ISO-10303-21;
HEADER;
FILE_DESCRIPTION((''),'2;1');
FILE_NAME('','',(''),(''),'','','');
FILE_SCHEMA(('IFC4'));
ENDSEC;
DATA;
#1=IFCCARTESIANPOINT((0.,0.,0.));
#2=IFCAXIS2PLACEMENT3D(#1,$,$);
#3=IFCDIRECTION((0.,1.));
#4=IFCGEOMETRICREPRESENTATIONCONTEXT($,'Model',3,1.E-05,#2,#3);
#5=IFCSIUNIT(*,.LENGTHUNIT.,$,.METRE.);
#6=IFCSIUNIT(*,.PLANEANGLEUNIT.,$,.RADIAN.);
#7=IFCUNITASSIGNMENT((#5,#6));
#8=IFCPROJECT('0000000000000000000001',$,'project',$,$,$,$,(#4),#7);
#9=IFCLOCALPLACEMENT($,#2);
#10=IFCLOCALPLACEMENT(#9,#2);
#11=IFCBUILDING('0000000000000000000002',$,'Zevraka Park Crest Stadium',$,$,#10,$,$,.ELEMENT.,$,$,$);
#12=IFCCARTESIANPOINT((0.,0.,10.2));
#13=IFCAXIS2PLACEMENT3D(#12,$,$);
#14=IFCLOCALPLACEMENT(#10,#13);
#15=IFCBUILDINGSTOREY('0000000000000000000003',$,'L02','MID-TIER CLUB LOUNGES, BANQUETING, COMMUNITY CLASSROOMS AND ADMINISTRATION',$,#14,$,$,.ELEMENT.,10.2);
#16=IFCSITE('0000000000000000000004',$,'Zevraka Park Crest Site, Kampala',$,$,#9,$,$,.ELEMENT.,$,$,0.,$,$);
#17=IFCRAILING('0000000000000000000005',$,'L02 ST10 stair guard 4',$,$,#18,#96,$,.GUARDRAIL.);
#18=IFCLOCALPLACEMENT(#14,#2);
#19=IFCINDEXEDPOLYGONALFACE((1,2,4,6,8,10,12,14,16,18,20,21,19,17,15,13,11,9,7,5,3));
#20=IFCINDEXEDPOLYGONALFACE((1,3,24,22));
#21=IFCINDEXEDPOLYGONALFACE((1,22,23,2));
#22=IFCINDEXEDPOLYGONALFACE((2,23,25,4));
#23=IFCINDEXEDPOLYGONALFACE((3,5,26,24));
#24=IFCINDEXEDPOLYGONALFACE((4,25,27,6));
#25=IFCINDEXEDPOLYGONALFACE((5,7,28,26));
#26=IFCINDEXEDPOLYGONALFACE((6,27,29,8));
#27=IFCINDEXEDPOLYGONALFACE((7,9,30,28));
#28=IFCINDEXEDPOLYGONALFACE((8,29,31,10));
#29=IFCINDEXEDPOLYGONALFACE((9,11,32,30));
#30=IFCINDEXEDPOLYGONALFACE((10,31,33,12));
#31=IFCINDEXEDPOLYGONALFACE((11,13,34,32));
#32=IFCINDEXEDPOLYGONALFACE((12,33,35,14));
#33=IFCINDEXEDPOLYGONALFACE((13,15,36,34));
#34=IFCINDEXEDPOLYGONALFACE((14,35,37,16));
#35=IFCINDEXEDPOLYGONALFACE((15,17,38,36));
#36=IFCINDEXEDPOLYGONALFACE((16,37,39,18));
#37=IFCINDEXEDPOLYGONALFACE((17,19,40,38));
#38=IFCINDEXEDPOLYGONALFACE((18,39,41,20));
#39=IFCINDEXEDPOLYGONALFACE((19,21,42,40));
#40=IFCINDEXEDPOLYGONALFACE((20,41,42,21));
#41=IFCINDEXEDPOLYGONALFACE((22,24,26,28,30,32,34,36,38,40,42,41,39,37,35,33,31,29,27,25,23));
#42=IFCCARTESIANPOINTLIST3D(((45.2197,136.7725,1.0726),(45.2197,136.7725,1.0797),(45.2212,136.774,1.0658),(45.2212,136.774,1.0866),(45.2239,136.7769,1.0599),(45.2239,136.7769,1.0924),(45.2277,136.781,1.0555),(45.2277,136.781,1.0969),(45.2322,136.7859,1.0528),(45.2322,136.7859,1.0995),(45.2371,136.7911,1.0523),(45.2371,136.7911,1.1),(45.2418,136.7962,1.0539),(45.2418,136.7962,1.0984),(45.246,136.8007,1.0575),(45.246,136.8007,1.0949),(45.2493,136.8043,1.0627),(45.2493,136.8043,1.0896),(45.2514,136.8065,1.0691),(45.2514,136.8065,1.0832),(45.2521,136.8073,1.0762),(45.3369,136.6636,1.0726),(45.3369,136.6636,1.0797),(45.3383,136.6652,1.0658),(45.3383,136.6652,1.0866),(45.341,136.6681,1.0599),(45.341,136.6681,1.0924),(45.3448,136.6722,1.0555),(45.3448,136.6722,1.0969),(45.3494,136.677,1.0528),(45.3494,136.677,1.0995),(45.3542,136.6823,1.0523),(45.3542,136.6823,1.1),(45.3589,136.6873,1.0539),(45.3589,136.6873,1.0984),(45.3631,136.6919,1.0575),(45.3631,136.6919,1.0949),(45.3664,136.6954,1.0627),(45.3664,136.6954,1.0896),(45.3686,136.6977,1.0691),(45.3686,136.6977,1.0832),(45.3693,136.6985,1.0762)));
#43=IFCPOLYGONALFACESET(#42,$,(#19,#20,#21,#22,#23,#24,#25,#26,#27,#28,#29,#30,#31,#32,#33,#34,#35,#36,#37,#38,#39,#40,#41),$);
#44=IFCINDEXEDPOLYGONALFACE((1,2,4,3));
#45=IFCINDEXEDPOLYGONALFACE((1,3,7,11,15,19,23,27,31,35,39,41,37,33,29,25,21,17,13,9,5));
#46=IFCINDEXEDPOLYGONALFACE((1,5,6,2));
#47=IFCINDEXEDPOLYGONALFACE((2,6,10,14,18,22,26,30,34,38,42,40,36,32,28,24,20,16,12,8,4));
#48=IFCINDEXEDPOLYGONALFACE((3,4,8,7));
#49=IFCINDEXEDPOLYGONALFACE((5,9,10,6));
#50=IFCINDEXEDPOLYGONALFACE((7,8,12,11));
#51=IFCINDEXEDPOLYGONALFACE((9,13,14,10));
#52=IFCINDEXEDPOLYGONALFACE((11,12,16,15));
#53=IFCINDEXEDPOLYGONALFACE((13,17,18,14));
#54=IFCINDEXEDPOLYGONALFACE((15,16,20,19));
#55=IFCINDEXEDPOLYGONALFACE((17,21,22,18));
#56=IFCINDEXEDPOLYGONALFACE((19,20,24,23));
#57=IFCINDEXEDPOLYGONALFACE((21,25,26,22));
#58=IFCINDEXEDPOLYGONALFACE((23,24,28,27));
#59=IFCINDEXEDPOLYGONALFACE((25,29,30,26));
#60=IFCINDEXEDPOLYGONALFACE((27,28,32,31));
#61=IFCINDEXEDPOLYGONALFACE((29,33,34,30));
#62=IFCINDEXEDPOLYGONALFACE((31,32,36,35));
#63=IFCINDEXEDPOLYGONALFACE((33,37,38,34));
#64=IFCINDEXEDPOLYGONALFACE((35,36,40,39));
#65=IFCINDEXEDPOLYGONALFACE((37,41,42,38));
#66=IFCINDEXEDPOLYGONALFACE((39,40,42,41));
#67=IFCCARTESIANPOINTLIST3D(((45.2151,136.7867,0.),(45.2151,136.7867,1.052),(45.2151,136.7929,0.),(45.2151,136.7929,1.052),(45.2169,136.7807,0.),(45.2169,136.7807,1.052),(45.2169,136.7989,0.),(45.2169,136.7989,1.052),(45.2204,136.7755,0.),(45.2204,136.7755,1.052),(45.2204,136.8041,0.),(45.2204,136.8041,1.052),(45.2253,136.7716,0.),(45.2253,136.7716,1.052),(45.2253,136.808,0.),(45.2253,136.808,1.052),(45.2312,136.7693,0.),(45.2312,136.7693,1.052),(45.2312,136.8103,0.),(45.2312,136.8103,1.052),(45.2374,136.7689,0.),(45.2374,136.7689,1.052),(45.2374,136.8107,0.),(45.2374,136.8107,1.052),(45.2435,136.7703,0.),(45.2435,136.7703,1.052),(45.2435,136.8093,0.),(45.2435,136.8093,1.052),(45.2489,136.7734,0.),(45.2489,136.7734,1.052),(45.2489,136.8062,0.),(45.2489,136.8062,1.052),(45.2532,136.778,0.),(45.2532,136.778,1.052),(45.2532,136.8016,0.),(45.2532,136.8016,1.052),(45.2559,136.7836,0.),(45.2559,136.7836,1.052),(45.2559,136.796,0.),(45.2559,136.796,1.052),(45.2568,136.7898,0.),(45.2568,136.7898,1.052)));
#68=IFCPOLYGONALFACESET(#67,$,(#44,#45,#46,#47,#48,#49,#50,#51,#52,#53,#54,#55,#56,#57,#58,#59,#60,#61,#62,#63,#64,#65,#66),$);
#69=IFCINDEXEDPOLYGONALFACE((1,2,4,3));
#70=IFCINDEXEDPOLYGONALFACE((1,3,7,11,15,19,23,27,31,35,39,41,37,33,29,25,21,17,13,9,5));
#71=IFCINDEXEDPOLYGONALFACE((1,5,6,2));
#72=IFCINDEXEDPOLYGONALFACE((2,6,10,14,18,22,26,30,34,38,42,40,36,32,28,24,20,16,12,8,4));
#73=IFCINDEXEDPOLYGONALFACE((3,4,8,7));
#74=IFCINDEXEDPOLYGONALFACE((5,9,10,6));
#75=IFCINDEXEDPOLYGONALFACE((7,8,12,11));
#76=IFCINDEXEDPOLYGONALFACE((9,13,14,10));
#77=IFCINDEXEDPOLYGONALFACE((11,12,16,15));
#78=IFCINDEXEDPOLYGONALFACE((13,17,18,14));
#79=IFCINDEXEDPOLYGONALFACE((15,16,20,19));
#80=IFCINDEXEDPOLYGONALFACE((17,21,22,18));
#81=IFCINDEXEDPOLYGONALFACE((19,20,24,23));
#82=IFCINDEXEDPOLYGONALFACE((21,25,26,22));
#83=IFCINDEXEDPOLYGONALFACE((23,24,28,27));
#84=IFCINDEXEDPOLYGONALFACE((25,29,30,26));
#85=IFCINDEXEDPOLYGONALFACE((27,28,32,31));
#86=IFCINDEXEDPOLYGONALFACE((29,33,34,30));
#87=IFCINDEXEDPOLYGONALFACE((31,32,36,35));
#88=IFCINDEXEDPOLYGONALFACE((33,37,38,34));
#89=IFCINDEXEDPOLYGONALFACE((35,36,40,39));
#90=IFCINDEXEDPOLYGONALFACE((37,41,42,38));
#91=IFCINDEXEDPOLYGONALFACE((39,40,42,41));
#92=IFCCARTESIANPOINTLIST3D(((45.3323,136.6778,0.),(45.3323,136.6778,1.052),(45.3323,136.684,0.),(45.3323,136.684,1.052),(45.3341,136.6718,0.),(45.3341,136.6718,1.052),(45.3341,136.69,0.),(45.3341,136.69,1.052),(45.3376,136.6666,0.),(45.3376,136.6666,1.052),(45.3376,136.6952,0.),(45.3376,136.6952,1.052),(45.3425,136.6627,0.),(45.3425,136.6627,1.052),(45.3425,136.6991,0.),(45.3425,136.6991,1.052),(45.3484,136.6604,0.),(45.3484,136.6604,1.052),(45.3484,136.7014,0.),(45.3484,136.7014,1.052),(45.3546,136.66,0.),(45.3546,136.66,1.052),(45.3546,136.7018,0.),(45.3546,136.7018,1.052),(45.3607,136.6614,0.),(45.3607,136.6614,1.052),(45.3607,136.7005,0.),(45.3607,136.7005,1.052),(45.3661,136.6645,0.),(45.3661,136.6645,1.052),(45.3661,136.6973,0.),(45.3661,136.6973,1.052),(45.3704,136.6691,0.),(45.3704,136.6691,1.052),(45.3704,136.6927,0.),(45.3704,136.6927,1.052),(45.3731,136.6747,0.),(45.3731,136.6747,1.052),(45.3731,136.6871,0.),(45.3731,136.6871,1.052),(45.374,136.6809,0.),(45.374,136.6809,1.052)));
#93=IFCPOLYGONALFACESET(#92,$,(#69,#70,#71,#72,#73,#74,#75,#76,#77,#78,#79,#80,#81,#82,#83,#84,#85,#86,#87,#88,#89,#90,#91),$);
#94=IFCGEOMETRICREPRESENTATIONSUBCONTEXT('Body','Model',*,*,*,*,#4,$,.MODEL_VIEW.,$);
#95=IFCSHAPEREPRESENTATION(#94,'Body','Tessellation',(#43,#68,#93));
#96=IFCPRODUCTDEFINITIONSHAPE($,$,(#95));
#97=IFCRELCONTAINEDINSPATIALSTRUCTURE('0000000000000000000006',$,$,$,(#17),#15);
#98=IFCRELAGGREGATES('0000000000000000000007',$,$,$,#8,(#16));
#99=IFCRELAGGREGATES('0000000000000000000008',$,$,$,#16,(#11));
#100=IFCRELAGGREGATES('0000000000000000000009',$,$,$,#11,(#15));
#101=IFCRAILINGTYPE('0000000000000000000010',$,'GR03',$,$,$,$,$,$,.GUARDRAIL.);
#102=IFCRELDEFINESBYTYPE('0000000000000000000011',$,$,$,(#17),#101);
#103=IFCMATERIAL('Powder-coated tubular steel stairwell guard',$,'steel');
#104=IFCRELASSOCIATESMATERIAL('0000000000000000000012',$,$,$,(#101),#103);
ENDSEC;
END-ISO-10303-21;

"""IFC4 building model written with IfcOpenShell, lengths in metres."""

from ifc_helpers import new_model, si_unit, direction, frame, origin, origin_2d, place, context, subcontext, project, spatial, circle, extrude, material, type_object, element, save


model = new_model("IFC4")

# Units and contexts
model_context = context("Model", 3, precision=1e-05, world=origin(), true_north=direction((0.0, 1.0)))
body_context = subcontext(model_context, "Body", "Model", "MODEL_VIEW")
ifc_project = project(units=[si_unit("LENGTHUNIT", "METRE"), si_unit("PLANEANGLEUNIT", "RADIAN")], contexts=[model_context])

# Site, building, storey
site_placement = place(None, origin())
site = spatial("IfcSite", under=ifc_project, at=site_placement, Name="Zevraka Park Crest Site, Kampala", CompositionType="ELEMENT", RefElevation=0.0)
building_placement = place(site_placement, origin())
building = spatial("IfcBuilding", under=site, at=building_placement, Name="Zevraka Park Crest Stadium", CompositionType="ELEMENT")
storey_placement = place(building_placement, frame((0.0, 0.0, 10.2)))
storey = spatial("IfcBuildingStorey", under=building, at=storey_placement, Name="L02", Description="MID-TIER CLUB LOUNGES, BANQUETING, COMMUNITY CLASSROOMS AND ADMINISTRATION", CompositionType="ELEMENT", Elevation=10.2)

# Railing
ifc_material_1 = material(Name="Powder-coated tubular steel stairwell guard", Category="steel")
railing_type_1 = type_object("IfcRailingType", Name="GR03", PredefinedType="GUARDRAIL", material=ifc_material_1)
railing_1_placement = place(storey_placement, frame((45.2358, 136.7898, 0.0)))
element("IfcRailing", 1, at=railing_1_placement, inside=storey, type_object=railing_type_1, Name="L02 ST10 stair guard 4", PredefinedType="GUARDRAIL", context=body_context, shape_type="SweptSolid", body=[
    extrude(circle(Radius=0.0239, at=origin_2d()), frame((0.0, 0.0, 1.0762), z_axis=(0.732576, -0.680685, 0.0), x_axis=(0.680685, 0.732576, 0.0)), (0.0, 0.0, 1.0), 0.1599),
    extrude(circle(Radius=0.021, at=origin_2d()), origin(), (0.0, 0.0, 1.0), 1.052),
    extrude(circle(Radius=0.021, at=origin_2d()), frame((0.1172, -0.1089, 0.0)), (0.0, 0.0, 1.0), 1.052),
])

save(model, "model.ifc")
